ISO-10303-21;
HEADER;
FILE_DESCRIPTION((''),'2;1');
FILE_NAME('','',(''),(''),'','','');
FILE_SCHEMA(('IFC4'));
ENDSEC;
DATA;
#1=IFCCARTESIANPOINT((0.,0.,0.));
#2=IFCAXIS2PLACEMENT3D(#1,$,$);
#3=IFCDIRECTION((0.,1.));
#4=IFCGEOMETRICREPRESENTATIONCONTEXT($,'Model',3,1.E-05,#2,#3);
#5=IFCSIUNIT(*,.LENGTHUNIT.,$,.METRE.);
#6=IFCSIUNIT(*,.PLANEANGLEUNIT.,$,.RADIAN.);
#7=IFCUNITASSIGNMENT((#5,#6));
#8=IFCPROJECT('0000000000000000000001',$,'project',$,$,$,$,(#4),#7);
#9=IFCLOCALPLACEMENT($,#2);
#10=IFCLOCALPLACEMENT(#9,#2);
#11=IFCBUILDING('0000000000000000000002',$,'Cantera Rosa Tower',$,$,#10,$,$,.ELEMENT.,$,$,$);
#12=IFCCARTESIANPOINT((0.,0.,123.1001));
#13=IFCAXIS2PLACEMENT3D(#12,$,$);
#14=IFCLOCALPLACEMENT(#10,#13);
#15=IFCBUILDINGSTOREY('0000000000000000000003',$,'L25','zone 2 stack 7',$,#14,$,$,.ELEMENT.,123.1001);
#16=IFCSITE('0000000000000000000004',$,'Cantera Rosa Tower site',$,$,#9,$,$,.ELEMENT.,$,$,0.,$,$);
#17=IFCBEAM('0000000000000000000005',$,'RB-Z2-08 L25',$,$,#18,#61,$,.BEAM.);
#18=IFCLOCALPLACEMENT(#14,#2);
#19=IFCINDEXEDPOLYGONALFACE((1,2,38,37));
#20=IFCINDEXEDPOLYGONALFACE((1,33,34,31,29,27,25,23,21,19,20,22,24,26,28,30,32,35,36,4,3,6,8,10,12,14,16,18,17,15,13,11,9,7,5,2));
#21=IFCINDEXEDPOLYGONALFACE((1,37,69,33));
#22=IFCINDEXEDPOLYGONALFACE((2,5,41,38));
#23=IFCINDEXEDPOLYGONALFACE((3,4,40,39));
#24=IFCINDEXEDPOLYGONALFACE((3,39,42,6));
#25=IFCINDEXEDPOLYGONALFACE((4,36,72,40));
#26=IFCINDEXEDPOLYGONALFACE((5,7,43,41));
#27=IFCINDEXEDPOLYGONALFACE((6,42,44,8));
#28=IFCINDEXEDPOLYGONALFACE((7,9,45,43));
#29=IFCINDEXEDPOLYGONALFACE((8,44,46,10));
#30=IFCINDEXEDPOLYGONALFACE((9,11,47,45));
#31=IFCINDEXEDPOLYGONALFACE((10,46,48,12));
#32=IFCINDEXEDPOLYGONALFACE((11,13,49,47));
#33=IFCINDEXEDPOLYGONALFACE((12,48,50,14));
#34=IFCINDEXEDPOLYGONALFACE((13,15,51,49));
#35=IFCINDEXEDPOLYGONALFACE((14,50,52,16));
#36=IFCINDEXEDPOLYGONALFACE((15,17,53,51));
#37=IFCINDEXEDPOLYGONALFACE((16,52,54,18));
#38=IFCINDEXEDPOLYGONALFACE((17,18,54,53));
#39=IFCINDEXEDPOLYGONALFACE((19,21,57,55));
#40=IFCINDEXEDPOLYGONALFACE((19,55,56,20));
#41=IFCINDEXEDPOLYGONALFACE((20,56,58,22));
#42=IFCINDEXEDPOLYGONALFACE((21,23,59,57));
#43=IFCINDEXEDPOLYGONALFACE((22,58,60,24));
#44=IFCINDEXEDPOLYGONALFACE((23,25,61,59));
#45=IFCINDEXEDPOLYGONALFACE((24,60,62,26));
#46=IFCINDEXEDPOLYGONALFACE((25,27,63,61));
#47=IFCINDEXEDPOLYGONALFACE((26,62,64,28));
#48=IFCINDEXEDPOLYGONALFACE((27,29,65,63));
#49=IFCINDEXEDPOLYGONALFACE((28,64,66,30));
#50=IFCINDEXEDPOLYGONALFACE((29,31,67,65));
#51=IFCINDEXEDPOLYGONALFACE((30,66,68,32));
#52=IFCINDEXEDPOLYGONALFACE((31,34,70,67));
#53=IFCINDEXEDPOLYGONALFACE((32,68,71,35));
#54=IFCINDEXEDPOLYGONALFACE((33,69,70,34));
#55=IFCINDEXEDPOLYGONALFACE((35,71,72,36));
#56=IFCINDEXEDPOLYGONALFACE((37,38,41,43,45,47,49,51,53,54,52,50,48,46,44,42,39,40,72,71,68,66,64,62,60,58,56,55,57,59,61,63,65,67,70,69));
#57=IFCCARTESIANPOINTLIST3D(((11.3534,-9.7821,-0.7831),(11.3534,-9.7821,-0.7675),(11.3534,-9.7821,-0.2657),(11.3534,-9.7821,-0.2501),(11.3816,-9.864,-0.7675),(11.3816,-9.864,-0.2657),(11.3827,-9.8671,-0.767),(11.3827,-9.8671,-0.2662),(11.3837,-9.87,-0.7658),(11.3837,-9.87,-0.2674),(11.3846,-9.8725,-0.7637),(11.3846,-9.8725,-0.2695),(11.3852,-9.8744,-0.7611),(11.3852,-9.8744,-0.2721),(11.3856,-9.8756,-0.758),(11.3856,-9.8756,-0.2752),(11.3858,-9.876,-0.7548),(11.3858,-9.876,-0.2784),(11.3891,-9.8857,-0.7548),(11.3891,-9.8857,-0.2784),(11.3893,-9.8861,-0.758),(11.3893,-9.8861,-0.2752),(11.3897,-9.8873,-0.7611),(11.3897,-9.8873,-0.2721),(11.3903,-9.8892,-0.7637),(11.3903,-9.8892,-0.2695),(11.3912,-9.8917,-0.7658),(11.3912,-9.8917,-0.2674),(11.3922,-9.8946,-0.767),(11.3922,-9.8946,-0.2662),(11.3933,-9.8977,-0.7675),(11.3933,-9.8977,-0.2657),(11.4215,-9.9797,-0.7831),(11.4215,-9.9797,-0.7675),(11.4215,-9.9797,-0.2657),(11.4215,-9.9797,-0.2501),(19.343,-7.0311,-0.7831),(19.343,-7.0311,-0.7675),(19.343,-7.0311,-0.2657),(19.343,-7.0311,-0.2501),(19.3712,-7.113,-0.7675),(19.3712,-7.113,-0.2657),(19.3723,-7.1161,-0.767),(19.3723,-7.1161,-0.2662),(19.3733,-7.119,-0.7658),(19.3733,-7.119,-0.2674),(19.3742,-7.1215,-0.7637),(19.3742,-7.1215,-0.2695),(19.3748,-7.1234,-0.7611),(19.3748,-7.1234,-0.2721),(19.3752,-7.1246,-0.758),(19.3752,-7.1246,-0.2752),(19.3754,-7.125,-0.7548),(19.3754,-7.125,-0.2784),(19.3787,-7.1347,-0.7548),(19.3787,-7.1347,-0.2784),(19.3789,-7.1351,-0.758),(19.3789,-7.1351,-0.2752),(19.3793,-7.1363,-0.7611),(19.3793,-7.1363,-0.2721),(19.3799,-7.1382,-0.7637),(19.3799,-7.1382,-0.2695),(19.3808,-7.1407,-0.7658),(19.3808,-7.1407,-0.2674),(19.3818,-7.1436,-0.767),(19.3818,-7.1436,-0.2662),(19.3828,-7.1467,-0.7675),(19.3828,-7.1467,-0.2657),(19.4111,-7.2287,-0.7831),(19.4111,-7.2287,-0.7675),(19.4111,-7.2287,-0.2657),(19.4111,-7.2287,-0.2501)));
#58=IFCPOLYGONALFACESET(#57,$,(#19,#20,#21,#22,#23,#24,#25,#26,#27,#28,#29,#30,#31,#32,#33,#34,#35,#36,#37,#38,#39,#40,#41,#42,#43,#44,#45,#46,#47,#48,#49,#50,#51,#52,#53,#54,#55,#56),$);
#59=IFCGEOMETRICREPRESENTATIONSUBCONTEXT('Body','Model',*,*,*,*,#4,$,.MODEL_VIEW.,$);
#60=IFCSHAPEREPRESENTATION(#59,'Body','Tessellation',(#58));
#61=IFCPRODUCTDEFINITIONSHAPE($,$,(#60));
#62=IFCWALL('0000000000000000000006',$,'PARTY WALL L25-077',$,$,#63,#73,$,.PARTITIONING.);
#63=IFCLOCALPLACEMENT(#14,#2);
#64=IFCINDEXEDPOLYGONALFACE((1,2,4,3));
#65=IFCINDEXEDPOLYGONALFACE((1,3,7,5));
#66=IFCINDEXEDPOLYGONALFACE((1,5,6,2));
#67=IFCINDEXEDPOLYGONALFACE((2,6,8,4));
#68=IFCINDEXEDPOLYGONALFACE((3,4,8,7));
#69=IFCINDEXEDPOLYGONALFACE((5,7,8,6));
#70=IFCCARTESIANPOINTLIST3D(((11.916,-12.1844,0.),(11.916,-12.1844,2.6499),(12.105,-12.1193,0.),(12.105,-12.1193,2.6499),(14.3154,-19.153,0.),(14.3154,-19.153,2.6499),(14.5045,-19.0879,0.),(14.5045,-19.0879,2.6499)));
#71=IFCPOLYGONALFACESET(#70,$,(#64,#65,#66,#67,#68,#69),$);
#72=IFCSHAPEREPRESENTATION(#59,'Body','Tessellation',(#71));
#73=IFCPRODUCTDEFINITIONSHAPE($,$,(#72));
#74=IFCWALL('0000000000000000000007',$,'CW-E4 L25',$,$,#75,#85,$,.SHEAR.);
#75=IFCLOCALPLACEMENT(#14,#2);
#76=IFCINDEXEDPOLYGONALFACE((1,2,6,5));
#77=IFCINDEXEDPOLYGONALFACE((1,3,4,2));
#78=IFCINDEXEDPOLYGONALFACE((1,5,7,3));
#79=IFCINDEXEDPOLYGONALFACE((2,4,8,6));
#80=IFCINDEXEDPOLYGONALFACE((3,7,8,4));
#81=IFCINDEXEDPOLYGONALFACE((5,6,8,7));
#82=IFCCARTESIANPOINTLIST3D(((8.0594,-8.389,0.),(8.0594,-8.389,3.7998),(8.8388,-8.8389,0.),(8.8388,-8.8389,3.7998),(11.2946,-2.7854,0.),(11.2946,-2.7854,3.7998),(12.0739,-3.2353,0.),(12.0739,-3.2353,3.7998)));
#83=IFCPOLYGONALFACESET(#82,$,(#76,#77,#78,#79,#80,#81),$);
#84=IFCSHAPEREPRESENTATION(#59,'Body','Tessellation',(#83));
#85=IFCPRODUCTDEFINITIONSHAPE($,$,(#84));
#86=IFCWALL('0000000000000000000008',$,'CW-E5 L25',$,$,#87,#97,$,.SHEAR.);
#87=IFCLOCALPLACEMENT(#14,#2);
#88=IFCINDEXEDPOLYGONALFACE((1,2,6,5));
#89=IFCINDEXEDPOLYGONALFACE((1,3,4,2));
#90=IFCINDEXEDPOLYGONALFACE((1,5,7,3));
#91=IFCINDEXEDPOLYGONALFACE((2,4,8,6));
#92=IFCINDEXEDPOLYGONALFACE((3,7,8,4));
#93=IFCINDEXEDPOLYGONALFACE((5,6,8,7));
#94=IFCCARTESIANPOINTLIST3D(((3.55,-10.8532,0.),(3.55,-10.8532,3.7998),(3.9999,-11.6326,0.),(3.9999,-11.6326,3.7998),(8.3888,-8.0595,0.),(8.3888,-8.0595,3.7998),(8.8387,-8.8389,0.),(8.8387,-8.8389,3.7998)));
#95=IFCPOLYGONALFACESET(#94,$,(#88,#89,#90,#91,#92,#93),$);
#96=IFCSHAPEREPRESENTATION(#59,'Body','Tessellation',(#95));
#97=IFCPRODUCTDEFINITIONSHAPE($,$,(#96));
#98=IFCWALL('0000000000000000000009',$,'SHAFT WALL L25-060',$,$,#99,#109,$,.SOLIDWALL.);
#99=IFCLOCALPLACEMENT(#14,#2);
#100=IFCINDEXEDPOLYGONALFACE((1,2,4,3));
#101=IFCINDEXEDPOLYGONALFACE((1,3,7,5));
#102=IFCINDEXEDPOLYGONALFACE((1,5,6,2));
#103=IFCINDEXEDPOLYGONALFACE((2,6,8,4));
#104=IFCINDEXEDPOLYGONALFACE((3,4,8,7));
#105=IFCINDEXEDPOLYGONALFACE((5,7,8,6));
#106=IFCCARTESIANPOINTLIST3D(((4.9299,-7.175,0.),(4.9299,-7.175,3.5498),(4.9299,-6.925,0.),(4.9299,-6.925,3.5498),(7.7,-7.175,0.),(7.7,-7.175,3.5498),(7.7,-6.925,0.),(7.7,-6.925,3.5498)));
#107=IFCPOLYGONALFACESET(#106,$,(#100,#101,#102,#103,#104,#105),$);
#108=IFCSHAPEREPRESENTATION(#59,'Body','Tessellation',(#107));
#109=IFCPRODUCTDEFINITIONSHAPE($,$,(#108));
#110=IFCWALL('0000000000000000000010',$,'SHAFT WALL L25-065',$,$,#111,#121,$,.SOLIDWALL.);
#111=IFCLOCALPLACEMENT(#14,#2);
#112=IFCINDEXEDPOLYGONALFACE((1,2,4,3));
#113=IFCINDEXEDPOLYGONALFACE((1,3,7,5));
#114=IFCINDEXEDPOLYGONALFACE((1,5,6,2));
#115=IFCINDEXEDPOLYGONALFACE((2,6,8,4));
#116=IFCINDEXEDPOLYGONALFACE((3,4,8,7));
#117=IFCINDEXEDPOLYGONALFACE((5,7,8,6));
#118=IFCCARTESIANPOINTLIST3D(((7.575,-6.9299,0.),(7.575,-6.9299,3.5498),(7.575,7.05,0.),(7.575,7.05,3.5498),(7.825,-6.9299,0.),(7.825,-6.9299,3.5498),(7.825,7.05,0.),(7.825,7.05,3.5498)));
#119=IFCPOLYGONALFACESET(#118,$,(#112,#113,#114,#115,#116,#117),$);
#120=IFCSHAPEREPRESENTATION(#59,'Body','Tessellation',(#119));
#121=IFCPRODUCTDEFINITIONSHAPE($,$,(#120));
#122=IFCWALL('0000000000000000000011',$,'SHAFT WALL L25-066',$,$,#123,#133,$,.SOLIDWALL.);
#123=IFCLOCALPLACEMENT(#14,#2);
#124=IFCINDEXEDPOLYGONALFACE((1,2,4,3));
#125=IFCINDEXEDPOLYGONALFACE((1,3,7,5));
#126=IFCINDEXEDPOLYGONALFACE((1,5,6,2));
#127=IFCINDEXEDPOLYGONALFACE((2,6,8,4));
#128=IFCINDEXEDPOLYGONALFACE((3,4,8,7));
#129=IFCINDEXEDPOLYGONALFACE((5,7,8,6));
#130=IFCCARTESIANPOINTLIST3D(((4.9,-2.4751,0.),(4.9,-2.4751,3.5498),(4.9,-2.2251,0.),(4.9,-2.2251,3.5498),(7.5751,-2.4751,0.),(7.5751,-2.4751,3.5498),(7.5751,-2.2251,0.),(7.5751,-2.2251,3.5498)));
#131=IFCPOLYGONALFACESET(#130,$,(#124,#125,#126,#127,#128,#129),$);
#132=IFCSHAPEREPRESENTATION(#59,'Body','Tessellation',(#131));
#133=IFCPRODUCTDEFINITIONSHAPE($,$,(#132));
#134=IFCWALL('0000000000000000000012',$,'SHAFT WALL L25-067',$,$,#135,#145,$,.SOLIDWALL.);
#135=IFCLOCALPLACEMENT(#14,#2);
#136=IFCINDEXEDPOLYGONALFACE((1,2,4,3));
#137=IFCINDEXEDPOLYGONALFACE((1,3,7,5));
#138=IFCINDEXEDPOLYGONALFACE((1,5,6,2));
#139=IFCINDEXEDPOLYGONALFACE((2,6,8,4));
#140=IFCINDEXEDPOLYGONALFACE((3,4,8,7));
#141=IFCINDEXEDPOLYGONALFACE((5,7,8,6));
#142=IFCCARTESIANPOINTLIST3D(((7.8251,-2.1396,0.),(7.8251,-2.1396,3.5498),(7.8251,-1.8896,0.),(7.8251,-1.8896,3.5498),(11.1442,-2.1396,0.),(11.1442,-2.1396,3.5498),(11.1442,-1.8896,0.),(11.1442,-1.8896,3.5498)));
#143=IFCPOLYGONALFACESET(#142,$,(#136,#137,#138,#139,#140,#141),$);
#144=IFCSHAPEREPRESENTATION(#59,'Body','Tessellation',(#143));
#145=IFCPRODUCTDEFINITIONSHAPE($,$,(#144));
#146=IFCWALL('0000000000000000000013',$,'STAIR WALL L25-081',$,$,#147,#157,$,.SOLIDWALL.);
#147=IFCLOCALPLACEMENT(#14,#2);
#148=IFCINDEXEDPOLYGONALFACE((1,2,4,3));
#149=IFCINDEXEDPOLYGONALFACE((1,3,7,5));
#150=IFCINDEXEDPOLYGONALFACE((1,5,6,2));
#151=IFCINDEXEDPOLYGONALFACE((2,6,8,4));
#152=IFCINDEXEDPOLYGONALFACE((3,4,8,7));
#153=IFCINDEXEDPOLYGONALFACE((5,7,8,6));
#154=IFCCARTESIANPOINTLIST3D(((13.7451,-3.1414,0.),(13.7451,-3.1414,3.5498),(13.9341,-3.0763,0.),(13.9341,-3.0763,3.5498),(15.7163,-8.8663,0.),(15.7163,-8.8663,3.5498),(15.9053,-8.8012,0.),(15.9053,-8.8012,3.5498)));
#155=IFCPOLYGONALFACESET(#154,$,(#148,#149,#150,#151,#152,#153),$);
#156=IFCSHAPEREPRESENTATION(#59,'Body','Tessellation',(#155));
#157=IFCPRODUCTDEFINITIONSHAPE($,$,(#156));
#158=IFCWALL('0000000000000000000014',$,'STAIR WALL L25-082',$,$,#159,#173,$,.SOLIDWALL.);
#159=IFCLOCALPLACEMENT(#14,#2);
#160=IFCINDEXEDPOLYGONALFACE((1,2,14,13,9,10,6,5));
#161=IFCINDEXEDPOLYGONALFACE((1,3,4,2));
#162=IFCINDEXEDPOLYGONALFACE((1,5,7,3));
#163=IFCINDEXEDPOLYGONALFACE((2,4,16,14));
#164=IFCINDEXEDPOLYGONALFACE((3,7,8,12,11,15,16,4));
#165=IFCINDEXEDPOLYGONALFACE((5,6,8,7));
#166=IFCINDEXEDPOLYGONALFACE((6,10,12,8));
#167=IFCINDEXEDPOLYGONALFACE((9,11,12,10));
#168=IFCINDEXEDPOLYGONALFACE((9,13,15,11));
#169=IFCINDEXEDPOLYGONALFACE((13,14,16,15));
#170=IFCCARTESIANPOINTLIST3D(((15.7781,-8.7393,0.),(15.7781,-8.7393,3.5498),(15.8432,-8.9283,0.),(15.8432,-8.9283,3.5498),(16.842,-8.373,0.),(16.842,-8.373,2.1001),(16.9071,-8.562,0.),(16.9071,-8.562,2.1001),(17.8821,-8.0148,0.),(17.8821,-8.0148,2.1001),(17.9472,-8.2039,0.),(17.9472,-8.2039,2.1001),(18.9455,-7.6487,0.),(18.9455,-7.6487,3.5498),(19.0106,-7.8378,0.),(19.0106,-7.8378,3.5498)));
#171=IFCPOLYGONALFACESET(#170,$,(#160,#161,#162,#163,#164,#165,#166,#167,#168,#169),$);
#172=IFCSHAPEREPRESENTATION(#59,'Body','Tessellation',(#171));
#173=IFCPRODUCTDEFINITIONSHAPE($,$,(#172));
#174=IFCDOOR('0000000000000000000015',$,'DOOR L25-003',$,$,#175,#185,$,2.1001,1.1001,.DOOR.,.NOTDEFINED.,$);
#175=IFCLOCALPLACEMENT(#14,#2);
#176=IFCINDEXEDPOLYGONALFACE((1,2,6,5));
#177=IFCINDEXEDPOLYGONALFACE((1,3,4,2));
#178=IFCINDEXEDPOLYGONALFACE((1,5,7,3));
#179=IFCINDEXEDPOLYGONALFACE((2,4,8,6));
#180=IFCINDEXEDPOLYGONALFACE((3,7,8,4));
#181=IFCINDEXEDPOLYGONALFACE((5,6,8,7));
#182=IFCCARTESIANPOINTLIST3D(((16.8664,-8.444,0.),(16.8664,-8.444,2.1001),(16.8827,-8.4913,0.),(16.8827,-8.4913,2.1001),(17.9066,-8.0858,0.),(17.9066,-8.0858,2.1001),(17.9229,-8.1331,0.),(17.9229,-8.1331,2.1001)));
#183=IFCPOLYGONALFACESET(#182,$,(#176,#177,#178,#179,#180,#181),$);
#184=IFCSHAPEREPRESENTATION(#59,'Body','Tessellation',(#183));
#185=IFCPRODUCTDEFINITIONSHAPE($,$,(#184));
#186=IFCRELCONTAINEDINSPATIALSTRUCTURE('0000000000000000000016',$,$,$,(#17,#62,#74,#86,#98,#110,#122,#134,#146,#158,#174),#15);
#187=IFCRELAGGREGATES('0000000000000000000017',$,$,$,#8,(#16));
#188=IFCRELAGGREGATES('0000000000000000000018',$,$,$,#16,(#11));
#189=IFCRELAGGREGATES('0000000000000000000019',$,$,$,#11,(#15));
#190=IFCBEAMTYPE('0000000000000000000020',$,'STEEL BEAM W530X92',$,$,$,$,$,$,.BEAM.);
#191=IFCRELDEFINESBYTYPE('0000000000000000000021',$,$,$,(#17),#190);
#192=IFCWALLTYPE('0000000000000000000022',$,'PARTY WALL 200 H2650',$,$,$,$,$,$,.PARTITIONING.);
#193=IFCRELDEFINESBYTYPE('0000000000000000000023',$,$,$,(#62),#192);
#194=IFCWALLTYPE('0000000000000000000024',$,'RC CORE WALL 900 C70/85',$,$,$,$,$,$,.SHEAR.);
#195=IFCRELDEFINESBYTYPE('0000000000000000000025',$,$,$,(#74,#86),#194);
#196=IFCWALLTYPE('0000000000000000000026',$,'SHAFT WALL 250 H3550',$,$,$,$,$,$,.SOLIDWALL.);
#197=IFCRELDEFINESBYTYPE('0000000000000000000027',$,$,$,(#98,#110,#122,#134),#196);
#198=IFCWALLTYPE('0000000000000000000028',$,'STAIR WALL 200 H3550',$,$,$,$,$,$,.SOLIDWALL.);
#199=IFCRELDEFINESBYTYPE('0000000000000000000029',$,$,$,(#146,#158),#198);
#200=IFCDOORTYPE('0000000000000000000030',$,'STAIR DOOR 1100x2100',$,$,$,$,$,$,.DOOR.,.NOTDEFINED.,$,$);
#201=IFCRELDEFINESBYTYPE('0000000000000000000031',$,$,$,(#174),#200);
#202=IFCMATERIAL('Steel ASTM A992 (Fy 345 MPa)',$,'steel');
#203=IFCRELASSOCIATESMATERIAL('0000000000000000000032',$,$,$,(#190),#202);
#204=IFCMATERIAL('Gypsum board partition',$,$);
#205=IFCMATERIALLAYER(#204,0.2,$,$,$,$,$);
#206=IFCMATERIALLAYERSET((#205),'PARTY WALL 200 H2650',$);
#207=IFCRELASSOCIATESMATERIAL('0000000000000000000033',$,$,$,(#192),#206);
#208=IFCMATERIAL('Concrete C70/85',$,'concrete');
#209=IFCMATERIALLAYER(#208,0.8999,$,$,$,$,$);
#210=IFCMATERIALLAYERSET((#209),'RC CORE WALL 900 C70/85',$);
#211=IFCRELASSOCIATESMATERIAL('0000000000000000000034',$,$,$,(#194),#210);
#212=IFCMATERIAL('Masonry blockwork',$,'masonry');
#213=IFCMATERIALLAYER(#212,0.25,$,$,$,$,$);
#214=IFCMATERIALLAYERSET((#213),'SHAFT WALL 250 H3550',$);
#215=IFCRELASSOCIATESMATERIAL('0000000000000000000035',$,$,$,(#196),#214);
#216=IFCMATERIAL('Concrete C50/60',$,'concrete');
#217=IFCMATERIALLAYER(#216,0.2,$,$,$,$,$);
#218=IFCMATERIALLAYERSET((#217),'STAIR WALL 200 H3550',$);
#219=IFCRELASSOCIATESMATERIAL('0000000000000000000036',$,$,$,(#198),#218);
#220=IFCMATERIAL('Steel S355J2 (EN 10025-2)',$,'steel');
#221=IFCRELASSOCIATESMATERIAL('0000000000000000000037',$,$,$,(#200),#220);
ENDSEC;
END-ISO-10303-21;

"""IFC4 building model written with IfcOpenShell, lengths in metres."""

from ifc_helpers import new_model, si_unit, direction, frame, frame_2d, origin, origin_2d, place, context, subcontext, project, spatial, rectangle, i_section, extrude, material, layer, layer_set, material_profile, profile_set, type_object, element, fill, save


model = new_model("IFC4")

# Units and contexts
model_context = context("Model", 3, precision=1e-05, world=origin(), true_north=direction((0.0, 1.0)))
body_context = subcontext(model_context, "Body", "Model", "MODEL_VIEW")
ifc_project = project(units=[si_unit("LENGTHUNIT", "METRE"), si_unit("PLANEANGLEUNIT", "RADIAN")], contexts=[model_context])

# Site, building, storey
site_placement = place(None, origin())
site = spatial("IfcSite", under=ifc_project, at=site_placement, Name="Cantera Rosa Tower site", CompositionType="ELEMENT", RefElevation=0.0)
building_placement = place(site_placement, origin())
building = spatial("IfcBuilding", under=site, at=building_placement, Name="Cantera Rosa Tower", CompositionType="ELEMENT")
storey_placement = place(building_placement, frame((0.0, 0.0, 123.1001)))
storey = spatial("IfcBuildingStorey", under=building, at=storey_placement, Name="L25", Description="zone 2 stack 7", CompositionType="ELEMENT", Elevation=123.1001)

# Beam
ifc_material_1 = material(Name="Steel ASTM A992 (Fy 345 MPa)", Category="steel")
ifc_material_profile = material_profile(ifc_material_1, i_section(OverallWidth=0.209, OverallDepth=0.533, WebThickness=0.0103, FlangeThickness=0.0156, FilletRadius=0.0127, at=origin_2d()), Name="W530X92")
ifc_profile_set = profile_set([ifc_material_profile], Name="Steel ASTM A992 (Fy 345 MPa)")
beam_type = type_object("IfcBeamType", Name="STEEL BEAM W530X92", PredefinedType="BEAM", material=ifc_profile_set)
beam_placement = place(storey_placement, frame((11.3875, -9.8809, -0.5166), z_axis=(0.94552, 0.325565, 0.0), x_axis=(-0.325565, 0.94552, 0.0)))
element("IfcBeam", 1, at=beam_placement, inside=storey, type_object=beam_type, Name="RB-Z2-08 L25", PredefinedType="BEAM", context=body_context, shape_type="SweptSolid", body=[
    extrude(i_section(OverallWidth=0.209, OverallDepth=0.533, WebThickness=0.0103, FlangeThickness=0.0156, FilletRadius=0.0127, at=origin_2d()), origin(), (0.0, 0.0, 1.0), 8.45),
])

# Walls
ifc_material_2 = material(Name="Gypsum board partition")
ifc_layer_1 = layer(ifc_material_2, 0.2)
ifc_layer_set_1 = layer_set([ifc_layer_1], Name="PARTY WALL 200 H2650")
wall_type_1 = type_object("IfcWallType", Name="PARTY WALL 200 H2650", PredefinedType="PARTITIONING", material=ifc_layer_set_1)
wall_1_placement = place(storey_placement, frame((12.0105, -12.1519, 0.0), z_axis=(0.0, 0.0, 1.0), x_axis=(0.325564, -0.94552, 0.0)))
element("IfcWall", 2, at=wall_1_placement, inside=storey, type_object=wall_type_1, Name="PARTY WALL L25-077", PredefinedType="PARTITIONING", context=body_context, shape_type="SweptSolid", body=[
    extrude(rectangle(XDim=7.3701, YDim=0.2, at=frame_2d((3.6851, 0.0))), origin(), (0.0, 0.0, 1.0), 2.6499),
])
ifc_material_3 = material(Name="Concrete C70/85", Category="concrete")
ifc_layer_2 = layer(ifc_material_3, 0.8999)
ifc_layer_set_2 = layer_set([ifc_layer_2], Name="RC CORE WALL 900 C70/85")
wall_type_2 = type_object("IfcWallType", Name="RC CORE WALL 900 C70/85", PredefinedType="SHEAR", material=ifc_layer_set_2)
wall_2_placement = place(storey_placement, frame((11.6843, -3.0103, 0.0), z_axis=(0.0, 0.0, 1.0), x_axis=(-0.49999, -0.866031, 0.0)))
element("IfcWall", 3, at=wall_2_placement, inside=storey, type_object=wall_type_2, Name="CW-E4 L25", PredefinedType="SHEAR", context=body_context, shape_type="SweptSolid", body=[
    extrude(rectangle(XDim=6.4705, YDim=0.8999, at=frame_2d((3.2354, 0.0))), origin(), (0.0, 0.0, 1.0), 3.7998),
])
wall_3_placement = place(storey_placement, frame((8.6138, -8.4492, 0.0), z_axis=(0.0, 0.0, 1.0), x_axis=(-0.866027, -0.499997, 0.0)))
element("IfcWall", 4, at=wall_3_placement, inside=storey, type_object=wall_type_2, Name="CW-E5 L25", PredefinedType="SHEAR", context=body_context, shape_type="SweptSolid", body=[
    extrude(rectangle(XDim=5.5874, YDim=0.8999, at=frame_2d((2.7937, 0.0))), origin(), (0.0, 0.0, 1.0), 3.7998),
])
ifc_material_4 = material(Name="Masonry blockwork", Category="masonry")
ifc_layer_3 = layer(ifc_material_4, 0.25)
ifc_layer_set_3 = layer_set([ifc_layer_3], Name="SHAFT WALL 250 H3550")
wall_type_3 = type_object("IfcWallType", Name="SHAFT WALL 250 H3550", PredefinedType="SOLIDWALL", material=ifc_layer_set_3)
wall_4_placement = place(storey_placement, frame((4.9299, -7.05, 0.0), z_axis=(0.0, 0.0, 1.0), x_axis=(1.0, 0.0, 0.0)))
element("IfcWall", 5, at=wall_4_placement, inside=storey, type_object=wall_type_3, Name="SHAFT WALL L25-060", PredefinedType="SOLIDWALL", context=body_context, shape_type="SweptSolid", body=[
    extrude(rectangle(XDim=2.77, YDim=0.25, at=frame_2d((1.385, 0.0))), origin(), (0.0, 0.0, 1.0), 3.5498),
])
wall_5_placement = place(storey_placement, frame((7.7, -6.9299, 0.0), z_axis=(0.0, 0.0, 1.0), x_axis=(0.0, 1.0, 0.0)))
element("IfcWall", 6, at=wall_5_placement, inside=storey, type_object=wall_type_3, Name="SHAFT WALL L25-065", PredefinedType="SOLIDWALL", context=body_context, shape_type="SweptSolid", body=[
    extrude(rectangle(XDim=13.98, YDim=0.25, at=frame_2d((6.99, 0.0))), origin(), (0.0, 0.0, 1.0), 3.5498),
])
wall_6_placement = place(storey_placement, frame((7.575, -2.3501, 0.0), z_axis=(0.0, 0.0, 1.0), x_axis=(-1.0, 0.0, 0.0)))
element("IfcWall", 7, at=wall_6_placement, inside=storey, type_object=wall_type_3, Name="SHAFT WALL L25-066", PredefinedType="SOLIDWALL", context=body_context, shape_type="SweptSolid", body=[
    extrude(rectangle(XDim=2.675, YDim=0.25, at=frame_2d((1.3374, 0.0))), origin(), (0.0, 0.0, 1.0), 3.5498),
])
wall_7_placement = place(storey_placement, frame((7.825, -2.0146, 0.0), z_axis=(0.0, 0.0, 1.0), x_axis=(1.0, 0.0, 0.0)))
element("IfcWall", 8, at=wall_7_placement, inside=storey, type_object=wall_type_3, Name="SHAFT WALL L25-067", PredefinedType="SOLIDWALL", context=body_context, shape_type="SweptSolid", body=[
    extrude(rectangle(XDim=3.3191, YDim=0.25, at=frame_2d((1.6597, 0.0))), origin(), (0.0, 0.0, 1.0), 3.5498),
])
ifc_material_5 = material(Name="Concrete C50/60", Category="concrete")
ifc_layer_4 = layer(ifc_material_5, 0.2)
ifc_layer_set_4 = layer_set([ifc_layer_4], Name="STAIR WALL 200 H3550")
wall_type_4 = type_object("IfcWallType", Name="STAIR WALL 200 H3550", PredefinedType="SOLIDWALL", material=ifc_layer_set_4)
wall_8_placement = place(storey_placement, frame((13.8396, -3.1089, 0.0), z_axis=(0.0, 0.0, 1.0), x_axis=(0.325563, -0.94552, 0.0)))
element("IfcWall", 9, at=wall_8_placement, inside=storey, type_object=wall_type_4, Name="STAIR WALL L25-081", PredefinedType="SOLIDWALL", context=body_context, shape_type="SweptSolid", body=[
    extrude(rectangle(XDim=6.0547, YDim=0.2, at=frame_2d((3.0273, 0.0))), origin(), (0.0, 0.0, 1.0), 3.5498),
])

# Wall, opening, door
wall_9_placement = place(storey_placement, frame((15.8108, -8.8337, 0.0), z_axis=(0.0, 0.0, 1.0), x_axis=(0.945525, 0.325548, 0.0)))
wall_9 = element("IfcWall", 10, at=wall_9_placement, inside=storey, type_object=wall_type_4, Name="STAIR WALL L25-082", PredefinedType="SOLIDWALL", context=body_context, shape_type="SweptSolid", body=[
    extrude(rectangle(XDim=3.3499, YDim=0.2, at=frame_2d((1.6748, 0.0))), origin(), (0.0, 0.0, 1.0), 3.5498),
])
opening_placement = place(wall_9_placement, frame((1.125, 0.0, 0.0)))
opening = element("IfcOpeningElement", 11, at=opening_placement, cuts=wall_9, PredefinedType="OPENING", context=body_context, shape_type="SweptSolid", body=[
    extrude(rectangle(XDim=1.1001, YDim=2.1001, at=frame_2d((0.55, 1.05))), frame((0.0, 0.1099, 0.0), z_axis=(0.0, -1.0, 0.0), x_axis=(1.0, 0.0, 0.0)), (0.0, 0.0, 1.0), 0.22),
])
ifc_material_6 = material(Name="Steel S355J2 (EN 10025-2)", Category="steel")
door_type = type_object("IfcDoorType", Name="STAIR DOOR 1100x2100", OperationType="NOTDEFINED", PredefinedType="DOOR", material=ifc_material_6)
door_placement = place(opening_placement, origin())
door = element("IfcDoor", 12, at=door_placement, inside=storey, type_object=door_type, Name="DOOR L25-003", OperationType="NOTDEFINED", OverallHeight=2.1001, OverallWidth=1.1001, PredefinedType="DOOR", context=body_context, shape_type="SweptSolid", body=[
    extrude(rectangle(XDim=1.1001, YDim=2.1001, at=frame_2d((0.55, 1.05))), frame((0.0, 0.0249, 0.0), z_axis=(0.0, -1.0, 0.0), x_axis=(1.0, 0.0, 0.0)), (0.0, 0.0, 1.0), 0.05),
])
fill(opening, door)

save(model, "model.ifc")
